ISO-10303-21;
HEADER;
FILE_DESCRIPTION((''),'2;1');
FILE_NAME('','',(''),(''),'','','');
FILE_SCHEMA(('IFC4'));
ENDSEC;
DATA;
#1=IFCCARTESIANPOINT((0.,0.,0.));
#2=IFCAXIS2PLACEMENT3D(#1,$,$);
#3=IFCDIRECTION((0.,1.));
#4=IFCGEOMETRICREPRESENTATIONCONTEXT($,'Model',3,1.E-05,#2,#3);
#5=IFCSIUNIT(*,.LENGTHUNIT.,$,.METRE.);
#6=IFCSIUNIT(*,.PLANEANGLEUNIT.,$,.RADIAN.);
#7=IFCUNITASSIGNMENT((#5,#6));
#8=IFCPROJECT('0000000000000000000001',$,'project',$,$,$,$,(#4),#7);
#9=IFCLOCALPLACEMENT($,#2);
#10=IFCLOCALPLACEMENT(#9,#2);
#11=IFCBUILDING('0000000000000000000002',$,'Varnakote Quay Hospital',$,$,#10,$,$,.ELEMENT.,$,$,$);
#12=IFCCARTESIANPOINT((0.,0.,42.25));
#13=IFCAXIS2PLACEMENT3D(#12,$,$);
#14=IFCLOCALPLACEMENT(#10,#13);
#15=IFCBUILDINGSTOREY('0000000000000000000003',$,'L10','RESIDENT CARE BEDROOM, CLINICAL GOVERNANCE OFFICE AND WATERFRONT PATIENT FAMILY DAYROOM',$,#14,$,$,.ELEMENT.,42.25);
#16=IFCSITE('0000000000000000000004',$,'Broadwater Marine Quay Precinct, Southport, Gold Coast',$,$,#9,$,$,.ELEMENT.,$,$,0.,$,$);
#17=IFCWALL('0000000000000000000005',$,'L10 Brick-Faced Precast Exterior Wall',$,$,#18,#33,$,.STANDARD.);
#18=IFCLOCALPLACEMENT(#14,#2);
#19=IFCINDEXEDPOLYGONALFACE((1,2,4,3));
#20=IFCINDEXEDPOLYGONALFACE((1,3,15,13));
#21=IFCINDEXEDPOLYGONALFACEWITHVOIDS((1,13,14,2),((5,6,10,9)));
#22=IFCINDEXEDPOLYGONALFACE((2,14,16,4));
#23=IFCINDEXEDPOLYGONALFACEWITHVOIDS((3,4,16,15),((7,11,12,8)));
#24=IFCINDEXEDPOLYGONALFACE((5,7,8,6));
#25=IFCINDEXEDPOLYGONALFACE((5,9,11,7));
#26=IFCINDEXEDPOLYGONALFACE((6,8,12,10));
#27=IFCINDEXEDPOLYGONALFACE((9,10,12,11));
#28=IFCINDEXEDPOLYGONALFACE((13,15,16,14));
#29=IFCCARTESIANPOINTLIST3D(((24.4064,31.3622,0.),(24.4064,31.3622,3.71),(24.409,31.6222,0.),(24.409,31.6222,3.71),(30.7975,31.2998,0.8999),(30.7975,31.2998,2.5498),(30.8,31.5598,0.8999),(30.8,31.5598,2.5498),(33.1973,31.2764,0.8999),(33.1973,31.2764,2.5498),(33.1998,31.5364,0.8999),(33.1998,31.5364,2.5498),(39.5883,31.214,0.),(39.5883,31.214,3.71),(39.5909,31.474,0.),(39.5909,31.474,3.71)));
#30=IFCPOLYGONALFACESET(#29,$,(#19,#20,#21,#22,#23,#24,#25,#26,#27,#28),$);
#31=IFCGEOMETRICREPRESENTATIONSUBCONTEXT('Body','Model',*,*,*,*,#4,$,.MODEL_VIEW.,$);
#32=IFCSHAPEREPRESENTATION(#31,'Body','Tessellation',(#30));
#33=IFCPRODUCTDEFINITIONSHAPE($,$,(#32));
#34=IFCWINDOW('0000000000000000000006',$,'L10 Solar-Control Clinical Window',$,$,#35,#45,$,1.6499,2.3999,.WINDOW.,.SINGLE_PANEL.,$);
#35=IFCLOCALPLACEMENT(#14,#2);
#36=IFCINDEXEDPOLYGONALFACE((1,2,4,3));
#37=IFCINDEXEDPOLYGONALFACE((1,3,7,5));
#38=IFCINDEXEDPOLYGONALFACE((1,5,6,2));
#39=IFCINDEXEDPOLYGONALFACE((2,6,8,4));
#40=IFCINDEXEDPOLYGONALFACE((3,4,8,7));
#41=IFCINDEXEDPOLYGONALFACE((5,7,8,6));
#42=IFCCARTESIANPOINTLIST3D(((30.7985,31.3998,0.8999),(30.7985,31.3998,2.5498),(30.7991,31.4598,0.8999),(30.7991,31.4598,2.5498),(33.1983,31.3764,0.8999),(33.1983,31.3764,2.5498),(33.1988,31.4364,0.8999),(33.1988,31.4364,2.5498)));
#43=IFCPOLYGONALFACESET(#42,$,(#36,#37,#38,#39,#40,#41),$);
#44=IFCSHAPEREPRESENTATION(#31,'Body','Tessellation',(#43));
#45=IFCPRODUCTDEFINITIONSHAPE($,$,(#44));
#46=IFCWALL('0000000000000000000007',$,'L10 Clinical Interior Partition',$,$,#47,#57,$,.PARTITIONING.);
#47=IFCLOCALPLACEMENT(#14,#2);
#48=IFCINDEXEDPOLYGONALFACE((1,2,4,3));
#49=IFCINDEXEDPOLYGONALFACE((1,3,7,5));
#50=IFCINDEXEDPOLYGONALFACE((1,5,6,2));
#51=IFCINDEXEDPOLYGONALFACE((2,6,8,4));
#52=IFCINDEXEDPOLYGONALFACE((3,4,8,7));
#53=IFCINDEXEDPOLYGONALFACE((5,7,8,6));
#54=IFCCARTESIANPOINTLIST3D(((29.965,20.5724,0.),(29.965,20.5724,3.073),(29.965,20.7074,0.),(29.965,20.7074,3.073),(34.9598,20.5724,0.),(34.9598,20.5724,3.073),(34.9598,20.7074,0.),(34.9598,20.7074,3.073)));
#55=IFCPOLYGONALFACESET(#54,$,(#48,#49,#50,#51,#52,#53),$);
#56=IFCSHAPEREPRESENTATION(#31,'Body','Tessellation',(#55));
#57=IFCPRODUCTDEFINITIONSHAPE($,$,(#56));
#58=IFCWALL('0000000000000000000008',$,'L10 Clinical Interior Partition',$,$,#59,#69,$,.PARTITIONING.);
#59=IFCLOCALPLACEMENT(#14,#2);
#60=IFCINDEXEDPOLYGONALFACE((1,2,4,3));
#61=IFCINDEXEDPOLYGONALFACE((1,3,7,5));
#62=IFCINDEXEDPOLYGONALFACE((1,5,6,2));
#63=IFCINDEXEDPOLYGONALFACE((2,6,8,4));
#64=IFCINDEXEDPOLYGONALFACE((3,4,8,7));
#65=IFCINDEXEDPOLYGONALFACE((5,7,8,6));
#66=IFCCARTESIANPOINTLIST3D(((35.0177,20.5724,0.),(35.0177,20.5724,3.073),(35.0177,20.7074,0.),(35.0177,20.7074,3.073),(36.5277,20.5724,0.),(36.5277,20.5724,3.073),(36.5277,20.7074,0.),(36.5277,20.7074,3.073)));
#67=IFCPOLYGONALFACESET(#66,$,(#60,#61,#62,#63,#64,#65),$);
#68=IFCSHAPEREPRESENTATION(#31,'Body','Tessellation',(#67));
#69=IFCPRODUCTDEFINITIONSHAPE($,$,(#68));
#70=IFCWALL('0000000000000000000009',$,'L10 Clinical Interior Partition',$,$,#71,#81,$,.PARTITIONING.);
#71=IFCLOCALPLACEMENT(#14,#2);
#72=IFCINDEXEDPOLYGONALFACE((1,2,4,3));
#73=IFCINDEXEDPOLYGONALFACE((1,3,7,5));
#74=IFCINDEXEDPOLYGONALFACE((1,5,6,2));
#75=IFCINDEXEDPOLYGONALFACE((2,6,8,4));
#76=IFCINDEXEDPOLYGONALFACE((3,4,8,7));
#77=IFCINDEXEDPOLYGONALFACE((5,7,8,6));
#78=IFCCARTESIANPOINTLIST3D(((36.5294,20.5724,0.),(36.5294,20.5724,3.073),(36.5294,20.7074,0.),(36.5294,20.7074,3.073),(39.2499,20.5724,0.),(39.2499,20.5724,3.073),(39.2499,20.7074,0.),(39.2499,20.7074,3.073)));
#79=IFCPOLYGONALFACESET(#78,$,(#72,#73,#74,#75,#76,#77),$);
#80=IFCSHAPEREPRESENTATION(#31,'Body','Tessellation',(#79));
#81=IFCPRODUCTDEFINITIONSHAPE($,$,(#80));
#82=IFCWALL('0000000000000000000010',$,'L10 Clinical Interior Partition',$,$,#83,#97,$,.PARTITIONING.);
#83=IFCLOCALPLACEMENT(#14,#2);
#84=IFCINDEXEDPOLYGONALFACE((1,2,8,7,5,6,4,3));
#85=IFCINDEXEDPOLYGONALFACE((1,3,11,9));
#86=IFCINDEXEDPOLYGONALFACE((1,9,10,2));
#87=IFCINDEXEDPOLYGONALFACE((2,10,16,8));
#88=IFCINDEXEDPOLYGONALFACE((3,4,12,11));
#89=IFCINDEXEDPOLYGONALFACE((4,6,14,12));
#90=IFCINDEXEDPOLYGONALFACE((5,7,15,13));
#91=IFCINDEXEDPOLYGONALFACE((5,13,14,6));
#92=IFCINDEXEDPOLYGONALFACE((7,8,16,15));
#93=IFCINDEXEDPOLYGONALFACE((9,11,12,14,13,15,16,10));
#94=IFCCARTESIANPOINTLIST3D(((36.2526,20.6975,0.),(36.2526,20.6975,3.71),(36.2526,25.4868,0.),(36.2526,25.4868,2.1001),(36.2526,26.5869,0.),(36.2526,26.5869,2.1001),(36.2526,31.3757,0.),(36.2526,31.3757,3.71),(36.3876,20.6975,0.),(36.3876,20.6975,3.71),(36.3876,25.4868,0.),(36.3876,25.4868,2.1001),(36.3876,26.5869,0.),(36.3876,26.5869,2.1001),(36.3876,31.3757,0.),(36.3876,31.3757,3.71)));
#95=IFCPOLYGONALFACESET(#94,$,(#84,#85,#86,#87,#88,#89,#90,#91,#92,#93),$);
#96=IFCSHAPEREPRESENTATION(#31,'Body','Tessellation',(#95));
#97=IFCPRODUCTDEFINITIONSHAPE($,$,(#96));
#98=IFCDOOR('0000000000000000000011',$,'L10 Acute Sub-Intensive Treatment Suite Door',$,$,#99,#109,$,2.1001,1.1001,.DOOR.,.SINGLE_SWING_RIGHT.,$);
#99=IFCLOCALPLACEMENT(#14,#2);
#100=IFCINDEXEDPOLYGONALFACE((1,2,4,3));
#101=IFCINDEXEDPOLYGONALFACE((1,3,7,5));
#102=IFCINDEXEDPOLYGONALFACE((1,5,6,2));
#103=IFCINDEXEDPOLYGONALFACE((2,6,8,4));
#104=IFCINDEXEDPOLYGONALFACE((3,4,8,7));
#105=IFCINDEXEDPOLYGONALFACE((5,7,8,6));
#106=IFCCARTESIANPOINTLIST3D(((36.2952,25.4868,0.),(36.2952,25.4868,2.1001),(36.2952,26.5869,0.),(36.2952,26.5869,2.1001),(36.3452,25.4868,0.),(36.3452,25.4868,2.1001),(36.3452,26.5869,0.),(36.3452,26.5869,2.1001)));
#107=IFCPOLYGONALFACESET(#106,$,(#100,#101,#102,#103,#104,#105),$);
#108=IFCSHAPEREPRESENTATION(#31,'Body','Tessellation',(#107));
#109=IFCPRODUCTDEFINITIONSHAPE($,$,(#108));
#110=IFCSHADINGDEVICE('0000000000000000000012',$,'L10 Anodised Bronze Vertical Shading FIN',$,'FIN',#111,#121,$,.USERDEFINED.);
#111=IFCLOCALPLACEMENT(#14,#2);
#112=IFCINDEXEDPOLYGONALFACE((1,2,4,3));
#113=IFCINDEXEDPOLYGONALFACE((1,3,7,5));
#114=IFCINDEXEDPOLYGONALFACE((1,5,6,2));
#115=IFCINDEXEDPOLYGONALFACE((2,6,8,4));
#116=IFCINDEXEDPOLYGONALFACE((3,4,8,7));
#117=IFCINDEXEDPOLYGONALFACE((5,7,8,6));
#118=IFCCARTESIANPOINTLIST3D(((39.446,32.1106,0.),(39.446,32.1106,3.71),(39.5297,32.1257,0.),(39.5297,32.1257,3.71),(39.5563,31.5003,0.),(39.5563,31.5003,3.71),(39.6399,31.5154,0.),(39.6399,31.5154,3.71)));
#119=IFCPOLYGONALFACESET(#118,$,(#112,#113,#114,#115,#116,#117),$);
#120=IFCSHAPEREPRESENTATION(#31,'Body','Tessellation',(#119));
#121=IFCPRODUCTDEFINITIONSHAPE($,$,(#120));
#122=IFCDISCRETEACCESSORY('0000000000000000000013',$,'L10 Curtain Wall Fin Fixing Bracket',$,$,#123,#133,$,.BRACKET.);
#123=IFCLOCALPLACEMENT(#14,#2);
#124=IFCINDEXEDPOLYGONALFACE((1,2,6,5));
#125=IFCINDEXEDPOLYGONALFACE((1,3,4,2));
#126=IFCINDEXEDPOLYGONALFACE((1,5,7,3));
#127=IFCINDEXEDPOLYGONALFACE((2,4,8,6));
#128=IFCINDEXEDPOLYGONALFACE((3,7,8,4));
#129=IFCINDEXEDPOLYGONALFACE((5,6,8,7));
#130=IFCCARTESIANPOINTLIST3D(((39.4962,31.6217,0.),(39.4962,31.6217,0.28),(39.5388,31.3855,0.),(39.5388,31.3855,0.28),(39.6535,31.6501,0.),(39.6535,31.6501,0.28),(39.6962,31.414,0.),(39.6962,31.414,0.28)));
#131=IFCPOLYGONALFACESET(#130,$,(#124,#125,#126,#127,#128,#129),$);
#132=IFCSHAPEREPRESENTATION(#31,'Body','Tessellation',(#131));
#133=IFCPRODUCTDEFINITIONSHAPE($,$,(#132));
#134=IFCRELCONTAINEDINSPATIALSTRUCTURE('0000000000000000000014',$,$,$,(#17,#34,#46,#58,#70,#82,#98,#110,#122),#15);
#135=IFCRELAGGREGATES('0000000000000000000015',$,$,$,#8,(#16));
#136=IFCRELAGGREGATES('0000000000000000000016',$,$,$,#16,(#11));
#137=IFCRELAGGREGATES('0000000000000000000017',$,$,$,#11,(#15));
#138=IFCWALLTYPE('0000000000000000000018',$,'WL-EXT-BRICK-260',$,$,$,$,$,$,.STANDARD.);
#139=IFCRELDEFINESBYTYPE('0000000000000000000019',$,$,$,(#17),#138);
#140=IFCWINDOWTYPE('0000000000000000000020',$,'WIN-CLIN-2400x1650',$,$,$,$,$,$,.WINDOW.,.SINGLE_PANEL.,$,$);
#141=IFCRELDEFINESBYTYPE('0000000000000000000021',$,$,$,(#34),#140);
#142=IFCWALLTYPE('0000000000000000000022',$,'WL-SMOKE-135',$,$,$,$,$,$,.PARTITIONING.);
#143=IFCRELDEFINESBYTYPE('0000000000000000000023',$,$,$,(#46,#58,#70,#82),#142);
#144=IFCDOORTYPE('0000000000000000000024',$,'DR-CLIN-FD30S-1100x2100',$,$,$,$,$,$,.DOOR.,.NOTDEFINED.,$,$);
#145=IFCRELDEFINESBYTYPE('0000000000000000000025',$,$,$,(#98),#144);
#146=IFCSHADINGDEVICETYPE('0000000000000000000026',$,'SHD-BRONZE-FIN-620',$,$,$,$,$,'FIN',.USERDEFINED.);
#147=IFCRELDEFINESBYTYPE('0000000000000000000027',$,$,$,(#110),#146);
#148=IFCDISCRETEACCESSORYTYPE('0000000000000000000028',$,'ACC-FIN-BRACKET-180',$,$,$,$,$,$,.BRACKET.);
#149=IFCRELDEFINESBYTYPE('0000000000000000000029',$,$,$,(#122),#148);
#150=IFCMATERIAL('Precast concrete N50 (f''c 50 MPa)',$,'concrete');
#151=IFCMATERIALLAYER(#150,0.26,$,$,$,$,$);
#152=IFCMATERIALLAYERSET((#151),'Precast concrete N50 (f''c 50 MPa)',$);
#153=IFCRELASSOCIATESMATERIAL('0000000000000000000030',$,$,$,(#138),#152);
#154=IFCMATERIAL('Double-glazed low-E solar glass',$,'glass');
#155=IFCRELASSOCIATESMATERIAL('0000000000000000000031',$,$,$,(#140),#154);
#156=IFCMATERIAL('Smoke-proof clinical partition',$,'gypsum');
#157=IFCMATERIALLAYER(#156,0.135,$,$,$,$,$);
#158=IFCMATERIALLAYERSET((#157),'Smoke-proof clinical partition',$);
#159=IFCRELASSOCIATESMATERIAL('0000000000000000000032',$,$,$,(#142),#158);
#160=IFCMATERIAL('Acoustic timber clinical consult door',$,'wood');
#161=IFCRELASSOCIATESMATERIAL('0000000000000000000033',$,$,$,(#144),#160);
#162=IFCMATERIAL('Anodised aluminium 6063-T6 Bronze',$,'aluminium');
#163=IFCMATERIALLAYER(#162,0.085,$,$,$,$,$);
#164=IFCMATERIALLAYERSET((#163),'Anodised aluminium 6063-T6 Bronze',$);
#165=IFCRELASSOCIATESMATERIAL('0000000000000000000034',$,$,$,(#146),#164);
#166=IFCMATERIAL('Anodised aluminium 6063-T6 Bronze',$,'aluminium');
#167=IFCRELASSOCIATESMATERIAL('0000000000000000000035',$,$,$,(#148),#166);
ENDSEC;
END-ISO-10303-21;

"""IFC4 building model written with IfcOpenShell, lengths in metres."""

from ifc_helpers import new_model, si_unit, direction, frame, frame_2d, origin, origin_2d, place, context, subcontext, project, spatial, rectangle, extrude, material, layer, layer_set, type_object, element, fill, save


model = new_model("IFC4")

# Units and contexts
model_context = context("Model", 3, precision=1e-05, world=origin(), true_north=direction((0.0, 1.0)))
body_context = subcontext(model_context, "Body", "Model", "MODEL_VIEW")
ifc_project = project(units=[si_unit("LENGTHUNIT", "METRE"), si_unit("PLANEANGLEUNIT", "RADIAN")], contexts=[model_context])

# Site, building, storey
site_placement = place(None, origin())
site = spatial("IfcSite", under=ifc_project, at=site_placement, Name="Broadwater Marine Quay Precinct, Southport, Gold Coast", CompositionType="ELEMENT", RefElevation=0.0)
building_placement = place(site_placement, origin())
building = spatial("IfcBuilding", under=site, at=building_placement, Name="Varnakote Quay Hospital", CompositionType="ELEMENT")
storey_placement = place(building_placement, frame((0.0, 0.0, 42.25)))
storey = spatial("IfcBuildingStorey", under=building, at=storey_placement, Name="L10", Description="RESIDENT CARE BEDROOM, CLINICAL GOVERNANCE OFFICE AND WATERFRONT PATIENT FAMILY DAYROOM", CompositionType="ELEMENT", Elevation=42.25)

# Wall, opening, window
ifc_material_1 = material(Name="Precast concrete N50 (f'c 50 MPa)", Category="concrete")
ifc_layer_1 = layer(ifc_material_1, 0.26)
ifc_layer_set_1 = layer_set([ifc_layer_1], Name="Precast concrete N50 (f'c 50 MPa)")
wall_type_1 = type_object("IfcWallType", Name="WL-EXT-BRICK-260", PredefinedType="STANDARD", material=ifc_layer_set_1)
wall_1_placement = place(storey_placement, frame((39.5896, 31.344, 0.0), z_axis=(0.0, 0.0, 1.0), x_axis=(-0.999952, 0.009761, 0.0)))
wall_1 = element("IfcWall", 1, at=wall_1_placement, inside=storey, type_object=wall_type_1, Name="L10 Brick-Faced Precast Exterior Wall", PredefinedType="STANDARD", context=body_context, shape_type="SweptSolid", body=[
    extrude(rectangle(XDim=15.1826, YDim=0.26, at=frame_2d((7.5913, 0.0))), origin(), (0.0, 0.0, 1.0), 3.71),
])
opening_1_placement = place(wall_1_placement, frame((6.3914, 0.0, 0.8999)))
opening_1 = element("IfcOpeningElement", 2, at=opening_1_placement, cuts=wall_1, PredefinedType="OPENING", context=body_context, shape_type="SweptSolid", body=[
    extrude(rectangle(XDim=2.3999, YDim=1.6499, at=frame_2d((1.2, 0.825))), frame((0.0, 0.1399, 0.0), z_axis=(0.0, -1.0, 0.0), x_axis=(1.0, 0.0, 0.0)), (0.0, 0.0, 1.0), 0.28),
])
ifc_material_2 = material(Name="Double-glazed low-E solar glass", Category="glass")
window_type = type_object("IfcWindowType", Name="WIN-CLIN-2400x1650", PartitioningType="SINGLE_PANEL", PredefinedType="WINDOW", material=ifc_material_2)
window_placement = place(opening_1_placement, origin())
window = element("IfcWindow", 3, at=window_placement, inside=storey, type_object=window_type, Name="L10 Solar-Control Clinical Window", OverallHeight=1.6499, OverallWidth=2.3999, PartitioningType="SINGLE_PANEL", PredefinedType="WINDOW", context=body_context, shape_type="SweptSolid", body=[
    extrude(rectangle(XDim=2.3999, YDim=1.6499, at=frame_2d((1.2, 0.825))), frame((0.0, 0.03, 0.0), z_axis=(0.0, -1.0, 0.0), x_axis=(1.0, 0.0, 0.0)), (0.0, 0.0, 1.0), 0.0601),
])
fill(opening_1, window)

# Walls
ifc_material_3 = material(Name="Smoke-proof clinical partition", Category="gypsum")
ifc_layer_2 = layer(ifc_material_3, 0.135)
ifc_layer_set_2 = layer_set([ifc_layer_2], Name="Smoke-proof clinical partition")
wall_type_2 = type_object("IfcWallType", Name="WL-SMOKE-135", PredefinedType="PARTITIONING", material=ifc_layer_set_2)
wall_2_placement = place(storey_placement, frame((34.96, 20.6399, 0.0), z_axis=(0.0, 0.0, 1.0), x_axis=(-1.0, 0.0, 0.0)))
element("IfcWall", 4, at=wall_2_placement, inside=storey, type_object=wall_type_2, Name="L10 Clinical Interior Partition", PredefinedType="PARTITIONING", context=body_context, shape_type="SweptSolid", body=[
    extrude(rectangle(XDim=4.9949, YDim=0.135, at=frame_2d((2.4976, 0.0))), origin(), (0.0, 0.0, 1.0), 3.073),
])
wall_3_placement = place(storey_placement, frame((36.5276, 20.6399, 0.0), z_axis=(0.0, 0.0, 1.0), x_axis=(-1.0, 0.0, 0.0)))
element("IfcWall", 5, at=wall_3_placement, inside=storey, type_object=wall_type_2, Name="L10 Clinical Interior Partition", PredefinedType="PARTITIONING", context=body_context, shape_type="SweptSolid", body=[
    extrude(rectangle(XDim=1.51, YDim=0.135, at=frame_2d((0.7549, 0.0))), origin(), (0.0, 0.0, 1.0), 3.073),
])
wall_4_placement = place(storey_placement, frame((39.25, 20.6399, 0.0), z_axis=(0.0, 0.0, 1.0), x_axis=(-1.0, 0.0, 0.0)))
element("IfcWall", 6, at=wall_4_placement, inside=storey, type_object=wall_type_2, Name="L10 Clinical Interior Partition", PredefinedType="PARTITIONING", context=body_context, shape_type="SweptSolid", body=[
    extrude(rectangle(XDim=2.7205, YDim=0.135, at=frame_2d((1.3604, 0.0))), origin(), (0.0, 0.0, 1.0), 3.073),
])

# Wall, opening, door
wall_5_placement = place(storey_placement, frame((36.3201, 20.6975, 0.0), z_axis=(0.0, 0.0, 1.0), x_axis=(0.0, 1.0, 0.0)))
wall_5 = element("IfcWall", 7, at=wall_5_placement, inside=storey, type_object=wall_type_2, Name="L10 Clinical Interior Partition", PredefinedType="PARTITIONING", context=body_context, shape_type="SweptSolid", body=[
    extrude(rectangle(XDim=10.6782, YDim=0.135, at=frame_2d((5.3391, 0.0))), origin(), (0.0, 0.0, 1.0), 3.71),
])
opening_2_placement = place(wall_5_placement, frame((4.7893, 0.0, 0.0)))
opening_2 = element("IfcOpeningElement", 8, at=opening_2_placement, cuts=wall_5, PredefinedType="OPENING", context=body_context, shape_type="SweptSolid", body=[
    extrude(rectangle(XDim=1.1001, YDim=2.1001, at=frame_2d((0.55, 1.05))), frame((0.0, 0.0774, 0.0), z_axis=(0.0, -1.0, 0.0), x_axis=(1.0, 0.0, 0.0)), (0.0, 0.0, 1.0), 0.155),
])
ifc_material_4 = material(Name="Acoustic timber clinical consult door", Category="wood")
door_type = type_object("IfcDoorType", Name="DR-CLIN-FD30S-1100x2100", OperationType="NOTDEFINED", PredefinedType="DOOR", material=ifc_material_4)
door_placement = place(opening_2_placement, origin())
door = element("IfcDoor", 9, at=door_placement, inside=storey, type_object=door_type, Name="L10 Acute Sub-Intensive Treatment Suite Door", OperationType="SINGLE_SWING_RIGHT", OverallHeight=2.1001, OverallWidth=1.1001, PredefinedType="DOOR", context=body_context, shape_type="SweptSolid", body=[
    extrude(rectangle(XDim=1.1001, YDim=2.1001, at=frame_2d((0.55, 1.05))), frame((0.0, 0.0249, 0.0), z_axis=(0.0, -1.0, 0.0), x_axis=(1.0, 0.0, 0.0)), (0.0, 0.0, 1.0), 0.05),
])
fill(opening_2, door)

# Shading device
ifc_material_5 = material(Name="Anodised aluminium 6063-T6 Bronze", Category="aluminium")
ifc_layer_3 = layer(ifc_material_5, 0.085)
ifc_layer_set_3 = layer_set([ifc_layer_3], Name="Anodised aluminium 6063-T6 Bronze")
shading_device_type = type_object("IfcShadingDeviceType", Name="SHD-BRONZE-FIN-620", ElementType="FIN", PredefinedType="USERDEFINED", material=ifc_layer_set_3)
shading_device_placement = place(storey_placement, frame((39.543, 31.813, 0.0), z_axis=(0.0, 0.0, 1.0), x_axis=(0.177772, -0.984072, 0.0)))
element("IfcShadingDevice", 10, at=shading_device_placement, inside=storey, type_object=shading_device_type, Name="L10 Anodised Bronze Vertical Shading FIN", ObjectType="FIN", PredefinedType="USERDEFINED", context=body_context, shape_type="SweptSolid", body=[
    extrude(rectangle(XDim=0.6201, YDim=0.085, at=origin_2d()), origin(), (0.0, 0.0, 1.0), 3.71),
])

# Discrete accessory
ifc_material_6 = material(Name="Anodised aluminium 6063-T6 Bronze", Category="aluminium")
discrete_accessory_type = type_object("IfcDiscreteAccessoryType", Name="ACC-FIN-BRACKET-180", PredefinedType="BRACKET", material=ifc_material_6)
discrete_accessory_placement = place(storey_placement, frame((39.5962, 31.5178, 0.0), z_axis=(0.0, 0.0, 1.0), x_axis=(-0.984072, -0.177772, 0.0)))
element("IfcDiscreteAccessory", 11, at=discrete_accessory_placement, inside=storey, type_object=discrete_accessory_type, Name="L10 Curtain Wall Fin Fixing Bracket", PredefinedType="BRACKET", context=body_context, shape_type="SweptSolid", body=[
    extrude(rectangle(XDim=0.1599, YDim=0.24, at=origin_2d()), origin(), (0.0, 0.0, 1.0), 0.28),
])

save(model, "model.ifc")
